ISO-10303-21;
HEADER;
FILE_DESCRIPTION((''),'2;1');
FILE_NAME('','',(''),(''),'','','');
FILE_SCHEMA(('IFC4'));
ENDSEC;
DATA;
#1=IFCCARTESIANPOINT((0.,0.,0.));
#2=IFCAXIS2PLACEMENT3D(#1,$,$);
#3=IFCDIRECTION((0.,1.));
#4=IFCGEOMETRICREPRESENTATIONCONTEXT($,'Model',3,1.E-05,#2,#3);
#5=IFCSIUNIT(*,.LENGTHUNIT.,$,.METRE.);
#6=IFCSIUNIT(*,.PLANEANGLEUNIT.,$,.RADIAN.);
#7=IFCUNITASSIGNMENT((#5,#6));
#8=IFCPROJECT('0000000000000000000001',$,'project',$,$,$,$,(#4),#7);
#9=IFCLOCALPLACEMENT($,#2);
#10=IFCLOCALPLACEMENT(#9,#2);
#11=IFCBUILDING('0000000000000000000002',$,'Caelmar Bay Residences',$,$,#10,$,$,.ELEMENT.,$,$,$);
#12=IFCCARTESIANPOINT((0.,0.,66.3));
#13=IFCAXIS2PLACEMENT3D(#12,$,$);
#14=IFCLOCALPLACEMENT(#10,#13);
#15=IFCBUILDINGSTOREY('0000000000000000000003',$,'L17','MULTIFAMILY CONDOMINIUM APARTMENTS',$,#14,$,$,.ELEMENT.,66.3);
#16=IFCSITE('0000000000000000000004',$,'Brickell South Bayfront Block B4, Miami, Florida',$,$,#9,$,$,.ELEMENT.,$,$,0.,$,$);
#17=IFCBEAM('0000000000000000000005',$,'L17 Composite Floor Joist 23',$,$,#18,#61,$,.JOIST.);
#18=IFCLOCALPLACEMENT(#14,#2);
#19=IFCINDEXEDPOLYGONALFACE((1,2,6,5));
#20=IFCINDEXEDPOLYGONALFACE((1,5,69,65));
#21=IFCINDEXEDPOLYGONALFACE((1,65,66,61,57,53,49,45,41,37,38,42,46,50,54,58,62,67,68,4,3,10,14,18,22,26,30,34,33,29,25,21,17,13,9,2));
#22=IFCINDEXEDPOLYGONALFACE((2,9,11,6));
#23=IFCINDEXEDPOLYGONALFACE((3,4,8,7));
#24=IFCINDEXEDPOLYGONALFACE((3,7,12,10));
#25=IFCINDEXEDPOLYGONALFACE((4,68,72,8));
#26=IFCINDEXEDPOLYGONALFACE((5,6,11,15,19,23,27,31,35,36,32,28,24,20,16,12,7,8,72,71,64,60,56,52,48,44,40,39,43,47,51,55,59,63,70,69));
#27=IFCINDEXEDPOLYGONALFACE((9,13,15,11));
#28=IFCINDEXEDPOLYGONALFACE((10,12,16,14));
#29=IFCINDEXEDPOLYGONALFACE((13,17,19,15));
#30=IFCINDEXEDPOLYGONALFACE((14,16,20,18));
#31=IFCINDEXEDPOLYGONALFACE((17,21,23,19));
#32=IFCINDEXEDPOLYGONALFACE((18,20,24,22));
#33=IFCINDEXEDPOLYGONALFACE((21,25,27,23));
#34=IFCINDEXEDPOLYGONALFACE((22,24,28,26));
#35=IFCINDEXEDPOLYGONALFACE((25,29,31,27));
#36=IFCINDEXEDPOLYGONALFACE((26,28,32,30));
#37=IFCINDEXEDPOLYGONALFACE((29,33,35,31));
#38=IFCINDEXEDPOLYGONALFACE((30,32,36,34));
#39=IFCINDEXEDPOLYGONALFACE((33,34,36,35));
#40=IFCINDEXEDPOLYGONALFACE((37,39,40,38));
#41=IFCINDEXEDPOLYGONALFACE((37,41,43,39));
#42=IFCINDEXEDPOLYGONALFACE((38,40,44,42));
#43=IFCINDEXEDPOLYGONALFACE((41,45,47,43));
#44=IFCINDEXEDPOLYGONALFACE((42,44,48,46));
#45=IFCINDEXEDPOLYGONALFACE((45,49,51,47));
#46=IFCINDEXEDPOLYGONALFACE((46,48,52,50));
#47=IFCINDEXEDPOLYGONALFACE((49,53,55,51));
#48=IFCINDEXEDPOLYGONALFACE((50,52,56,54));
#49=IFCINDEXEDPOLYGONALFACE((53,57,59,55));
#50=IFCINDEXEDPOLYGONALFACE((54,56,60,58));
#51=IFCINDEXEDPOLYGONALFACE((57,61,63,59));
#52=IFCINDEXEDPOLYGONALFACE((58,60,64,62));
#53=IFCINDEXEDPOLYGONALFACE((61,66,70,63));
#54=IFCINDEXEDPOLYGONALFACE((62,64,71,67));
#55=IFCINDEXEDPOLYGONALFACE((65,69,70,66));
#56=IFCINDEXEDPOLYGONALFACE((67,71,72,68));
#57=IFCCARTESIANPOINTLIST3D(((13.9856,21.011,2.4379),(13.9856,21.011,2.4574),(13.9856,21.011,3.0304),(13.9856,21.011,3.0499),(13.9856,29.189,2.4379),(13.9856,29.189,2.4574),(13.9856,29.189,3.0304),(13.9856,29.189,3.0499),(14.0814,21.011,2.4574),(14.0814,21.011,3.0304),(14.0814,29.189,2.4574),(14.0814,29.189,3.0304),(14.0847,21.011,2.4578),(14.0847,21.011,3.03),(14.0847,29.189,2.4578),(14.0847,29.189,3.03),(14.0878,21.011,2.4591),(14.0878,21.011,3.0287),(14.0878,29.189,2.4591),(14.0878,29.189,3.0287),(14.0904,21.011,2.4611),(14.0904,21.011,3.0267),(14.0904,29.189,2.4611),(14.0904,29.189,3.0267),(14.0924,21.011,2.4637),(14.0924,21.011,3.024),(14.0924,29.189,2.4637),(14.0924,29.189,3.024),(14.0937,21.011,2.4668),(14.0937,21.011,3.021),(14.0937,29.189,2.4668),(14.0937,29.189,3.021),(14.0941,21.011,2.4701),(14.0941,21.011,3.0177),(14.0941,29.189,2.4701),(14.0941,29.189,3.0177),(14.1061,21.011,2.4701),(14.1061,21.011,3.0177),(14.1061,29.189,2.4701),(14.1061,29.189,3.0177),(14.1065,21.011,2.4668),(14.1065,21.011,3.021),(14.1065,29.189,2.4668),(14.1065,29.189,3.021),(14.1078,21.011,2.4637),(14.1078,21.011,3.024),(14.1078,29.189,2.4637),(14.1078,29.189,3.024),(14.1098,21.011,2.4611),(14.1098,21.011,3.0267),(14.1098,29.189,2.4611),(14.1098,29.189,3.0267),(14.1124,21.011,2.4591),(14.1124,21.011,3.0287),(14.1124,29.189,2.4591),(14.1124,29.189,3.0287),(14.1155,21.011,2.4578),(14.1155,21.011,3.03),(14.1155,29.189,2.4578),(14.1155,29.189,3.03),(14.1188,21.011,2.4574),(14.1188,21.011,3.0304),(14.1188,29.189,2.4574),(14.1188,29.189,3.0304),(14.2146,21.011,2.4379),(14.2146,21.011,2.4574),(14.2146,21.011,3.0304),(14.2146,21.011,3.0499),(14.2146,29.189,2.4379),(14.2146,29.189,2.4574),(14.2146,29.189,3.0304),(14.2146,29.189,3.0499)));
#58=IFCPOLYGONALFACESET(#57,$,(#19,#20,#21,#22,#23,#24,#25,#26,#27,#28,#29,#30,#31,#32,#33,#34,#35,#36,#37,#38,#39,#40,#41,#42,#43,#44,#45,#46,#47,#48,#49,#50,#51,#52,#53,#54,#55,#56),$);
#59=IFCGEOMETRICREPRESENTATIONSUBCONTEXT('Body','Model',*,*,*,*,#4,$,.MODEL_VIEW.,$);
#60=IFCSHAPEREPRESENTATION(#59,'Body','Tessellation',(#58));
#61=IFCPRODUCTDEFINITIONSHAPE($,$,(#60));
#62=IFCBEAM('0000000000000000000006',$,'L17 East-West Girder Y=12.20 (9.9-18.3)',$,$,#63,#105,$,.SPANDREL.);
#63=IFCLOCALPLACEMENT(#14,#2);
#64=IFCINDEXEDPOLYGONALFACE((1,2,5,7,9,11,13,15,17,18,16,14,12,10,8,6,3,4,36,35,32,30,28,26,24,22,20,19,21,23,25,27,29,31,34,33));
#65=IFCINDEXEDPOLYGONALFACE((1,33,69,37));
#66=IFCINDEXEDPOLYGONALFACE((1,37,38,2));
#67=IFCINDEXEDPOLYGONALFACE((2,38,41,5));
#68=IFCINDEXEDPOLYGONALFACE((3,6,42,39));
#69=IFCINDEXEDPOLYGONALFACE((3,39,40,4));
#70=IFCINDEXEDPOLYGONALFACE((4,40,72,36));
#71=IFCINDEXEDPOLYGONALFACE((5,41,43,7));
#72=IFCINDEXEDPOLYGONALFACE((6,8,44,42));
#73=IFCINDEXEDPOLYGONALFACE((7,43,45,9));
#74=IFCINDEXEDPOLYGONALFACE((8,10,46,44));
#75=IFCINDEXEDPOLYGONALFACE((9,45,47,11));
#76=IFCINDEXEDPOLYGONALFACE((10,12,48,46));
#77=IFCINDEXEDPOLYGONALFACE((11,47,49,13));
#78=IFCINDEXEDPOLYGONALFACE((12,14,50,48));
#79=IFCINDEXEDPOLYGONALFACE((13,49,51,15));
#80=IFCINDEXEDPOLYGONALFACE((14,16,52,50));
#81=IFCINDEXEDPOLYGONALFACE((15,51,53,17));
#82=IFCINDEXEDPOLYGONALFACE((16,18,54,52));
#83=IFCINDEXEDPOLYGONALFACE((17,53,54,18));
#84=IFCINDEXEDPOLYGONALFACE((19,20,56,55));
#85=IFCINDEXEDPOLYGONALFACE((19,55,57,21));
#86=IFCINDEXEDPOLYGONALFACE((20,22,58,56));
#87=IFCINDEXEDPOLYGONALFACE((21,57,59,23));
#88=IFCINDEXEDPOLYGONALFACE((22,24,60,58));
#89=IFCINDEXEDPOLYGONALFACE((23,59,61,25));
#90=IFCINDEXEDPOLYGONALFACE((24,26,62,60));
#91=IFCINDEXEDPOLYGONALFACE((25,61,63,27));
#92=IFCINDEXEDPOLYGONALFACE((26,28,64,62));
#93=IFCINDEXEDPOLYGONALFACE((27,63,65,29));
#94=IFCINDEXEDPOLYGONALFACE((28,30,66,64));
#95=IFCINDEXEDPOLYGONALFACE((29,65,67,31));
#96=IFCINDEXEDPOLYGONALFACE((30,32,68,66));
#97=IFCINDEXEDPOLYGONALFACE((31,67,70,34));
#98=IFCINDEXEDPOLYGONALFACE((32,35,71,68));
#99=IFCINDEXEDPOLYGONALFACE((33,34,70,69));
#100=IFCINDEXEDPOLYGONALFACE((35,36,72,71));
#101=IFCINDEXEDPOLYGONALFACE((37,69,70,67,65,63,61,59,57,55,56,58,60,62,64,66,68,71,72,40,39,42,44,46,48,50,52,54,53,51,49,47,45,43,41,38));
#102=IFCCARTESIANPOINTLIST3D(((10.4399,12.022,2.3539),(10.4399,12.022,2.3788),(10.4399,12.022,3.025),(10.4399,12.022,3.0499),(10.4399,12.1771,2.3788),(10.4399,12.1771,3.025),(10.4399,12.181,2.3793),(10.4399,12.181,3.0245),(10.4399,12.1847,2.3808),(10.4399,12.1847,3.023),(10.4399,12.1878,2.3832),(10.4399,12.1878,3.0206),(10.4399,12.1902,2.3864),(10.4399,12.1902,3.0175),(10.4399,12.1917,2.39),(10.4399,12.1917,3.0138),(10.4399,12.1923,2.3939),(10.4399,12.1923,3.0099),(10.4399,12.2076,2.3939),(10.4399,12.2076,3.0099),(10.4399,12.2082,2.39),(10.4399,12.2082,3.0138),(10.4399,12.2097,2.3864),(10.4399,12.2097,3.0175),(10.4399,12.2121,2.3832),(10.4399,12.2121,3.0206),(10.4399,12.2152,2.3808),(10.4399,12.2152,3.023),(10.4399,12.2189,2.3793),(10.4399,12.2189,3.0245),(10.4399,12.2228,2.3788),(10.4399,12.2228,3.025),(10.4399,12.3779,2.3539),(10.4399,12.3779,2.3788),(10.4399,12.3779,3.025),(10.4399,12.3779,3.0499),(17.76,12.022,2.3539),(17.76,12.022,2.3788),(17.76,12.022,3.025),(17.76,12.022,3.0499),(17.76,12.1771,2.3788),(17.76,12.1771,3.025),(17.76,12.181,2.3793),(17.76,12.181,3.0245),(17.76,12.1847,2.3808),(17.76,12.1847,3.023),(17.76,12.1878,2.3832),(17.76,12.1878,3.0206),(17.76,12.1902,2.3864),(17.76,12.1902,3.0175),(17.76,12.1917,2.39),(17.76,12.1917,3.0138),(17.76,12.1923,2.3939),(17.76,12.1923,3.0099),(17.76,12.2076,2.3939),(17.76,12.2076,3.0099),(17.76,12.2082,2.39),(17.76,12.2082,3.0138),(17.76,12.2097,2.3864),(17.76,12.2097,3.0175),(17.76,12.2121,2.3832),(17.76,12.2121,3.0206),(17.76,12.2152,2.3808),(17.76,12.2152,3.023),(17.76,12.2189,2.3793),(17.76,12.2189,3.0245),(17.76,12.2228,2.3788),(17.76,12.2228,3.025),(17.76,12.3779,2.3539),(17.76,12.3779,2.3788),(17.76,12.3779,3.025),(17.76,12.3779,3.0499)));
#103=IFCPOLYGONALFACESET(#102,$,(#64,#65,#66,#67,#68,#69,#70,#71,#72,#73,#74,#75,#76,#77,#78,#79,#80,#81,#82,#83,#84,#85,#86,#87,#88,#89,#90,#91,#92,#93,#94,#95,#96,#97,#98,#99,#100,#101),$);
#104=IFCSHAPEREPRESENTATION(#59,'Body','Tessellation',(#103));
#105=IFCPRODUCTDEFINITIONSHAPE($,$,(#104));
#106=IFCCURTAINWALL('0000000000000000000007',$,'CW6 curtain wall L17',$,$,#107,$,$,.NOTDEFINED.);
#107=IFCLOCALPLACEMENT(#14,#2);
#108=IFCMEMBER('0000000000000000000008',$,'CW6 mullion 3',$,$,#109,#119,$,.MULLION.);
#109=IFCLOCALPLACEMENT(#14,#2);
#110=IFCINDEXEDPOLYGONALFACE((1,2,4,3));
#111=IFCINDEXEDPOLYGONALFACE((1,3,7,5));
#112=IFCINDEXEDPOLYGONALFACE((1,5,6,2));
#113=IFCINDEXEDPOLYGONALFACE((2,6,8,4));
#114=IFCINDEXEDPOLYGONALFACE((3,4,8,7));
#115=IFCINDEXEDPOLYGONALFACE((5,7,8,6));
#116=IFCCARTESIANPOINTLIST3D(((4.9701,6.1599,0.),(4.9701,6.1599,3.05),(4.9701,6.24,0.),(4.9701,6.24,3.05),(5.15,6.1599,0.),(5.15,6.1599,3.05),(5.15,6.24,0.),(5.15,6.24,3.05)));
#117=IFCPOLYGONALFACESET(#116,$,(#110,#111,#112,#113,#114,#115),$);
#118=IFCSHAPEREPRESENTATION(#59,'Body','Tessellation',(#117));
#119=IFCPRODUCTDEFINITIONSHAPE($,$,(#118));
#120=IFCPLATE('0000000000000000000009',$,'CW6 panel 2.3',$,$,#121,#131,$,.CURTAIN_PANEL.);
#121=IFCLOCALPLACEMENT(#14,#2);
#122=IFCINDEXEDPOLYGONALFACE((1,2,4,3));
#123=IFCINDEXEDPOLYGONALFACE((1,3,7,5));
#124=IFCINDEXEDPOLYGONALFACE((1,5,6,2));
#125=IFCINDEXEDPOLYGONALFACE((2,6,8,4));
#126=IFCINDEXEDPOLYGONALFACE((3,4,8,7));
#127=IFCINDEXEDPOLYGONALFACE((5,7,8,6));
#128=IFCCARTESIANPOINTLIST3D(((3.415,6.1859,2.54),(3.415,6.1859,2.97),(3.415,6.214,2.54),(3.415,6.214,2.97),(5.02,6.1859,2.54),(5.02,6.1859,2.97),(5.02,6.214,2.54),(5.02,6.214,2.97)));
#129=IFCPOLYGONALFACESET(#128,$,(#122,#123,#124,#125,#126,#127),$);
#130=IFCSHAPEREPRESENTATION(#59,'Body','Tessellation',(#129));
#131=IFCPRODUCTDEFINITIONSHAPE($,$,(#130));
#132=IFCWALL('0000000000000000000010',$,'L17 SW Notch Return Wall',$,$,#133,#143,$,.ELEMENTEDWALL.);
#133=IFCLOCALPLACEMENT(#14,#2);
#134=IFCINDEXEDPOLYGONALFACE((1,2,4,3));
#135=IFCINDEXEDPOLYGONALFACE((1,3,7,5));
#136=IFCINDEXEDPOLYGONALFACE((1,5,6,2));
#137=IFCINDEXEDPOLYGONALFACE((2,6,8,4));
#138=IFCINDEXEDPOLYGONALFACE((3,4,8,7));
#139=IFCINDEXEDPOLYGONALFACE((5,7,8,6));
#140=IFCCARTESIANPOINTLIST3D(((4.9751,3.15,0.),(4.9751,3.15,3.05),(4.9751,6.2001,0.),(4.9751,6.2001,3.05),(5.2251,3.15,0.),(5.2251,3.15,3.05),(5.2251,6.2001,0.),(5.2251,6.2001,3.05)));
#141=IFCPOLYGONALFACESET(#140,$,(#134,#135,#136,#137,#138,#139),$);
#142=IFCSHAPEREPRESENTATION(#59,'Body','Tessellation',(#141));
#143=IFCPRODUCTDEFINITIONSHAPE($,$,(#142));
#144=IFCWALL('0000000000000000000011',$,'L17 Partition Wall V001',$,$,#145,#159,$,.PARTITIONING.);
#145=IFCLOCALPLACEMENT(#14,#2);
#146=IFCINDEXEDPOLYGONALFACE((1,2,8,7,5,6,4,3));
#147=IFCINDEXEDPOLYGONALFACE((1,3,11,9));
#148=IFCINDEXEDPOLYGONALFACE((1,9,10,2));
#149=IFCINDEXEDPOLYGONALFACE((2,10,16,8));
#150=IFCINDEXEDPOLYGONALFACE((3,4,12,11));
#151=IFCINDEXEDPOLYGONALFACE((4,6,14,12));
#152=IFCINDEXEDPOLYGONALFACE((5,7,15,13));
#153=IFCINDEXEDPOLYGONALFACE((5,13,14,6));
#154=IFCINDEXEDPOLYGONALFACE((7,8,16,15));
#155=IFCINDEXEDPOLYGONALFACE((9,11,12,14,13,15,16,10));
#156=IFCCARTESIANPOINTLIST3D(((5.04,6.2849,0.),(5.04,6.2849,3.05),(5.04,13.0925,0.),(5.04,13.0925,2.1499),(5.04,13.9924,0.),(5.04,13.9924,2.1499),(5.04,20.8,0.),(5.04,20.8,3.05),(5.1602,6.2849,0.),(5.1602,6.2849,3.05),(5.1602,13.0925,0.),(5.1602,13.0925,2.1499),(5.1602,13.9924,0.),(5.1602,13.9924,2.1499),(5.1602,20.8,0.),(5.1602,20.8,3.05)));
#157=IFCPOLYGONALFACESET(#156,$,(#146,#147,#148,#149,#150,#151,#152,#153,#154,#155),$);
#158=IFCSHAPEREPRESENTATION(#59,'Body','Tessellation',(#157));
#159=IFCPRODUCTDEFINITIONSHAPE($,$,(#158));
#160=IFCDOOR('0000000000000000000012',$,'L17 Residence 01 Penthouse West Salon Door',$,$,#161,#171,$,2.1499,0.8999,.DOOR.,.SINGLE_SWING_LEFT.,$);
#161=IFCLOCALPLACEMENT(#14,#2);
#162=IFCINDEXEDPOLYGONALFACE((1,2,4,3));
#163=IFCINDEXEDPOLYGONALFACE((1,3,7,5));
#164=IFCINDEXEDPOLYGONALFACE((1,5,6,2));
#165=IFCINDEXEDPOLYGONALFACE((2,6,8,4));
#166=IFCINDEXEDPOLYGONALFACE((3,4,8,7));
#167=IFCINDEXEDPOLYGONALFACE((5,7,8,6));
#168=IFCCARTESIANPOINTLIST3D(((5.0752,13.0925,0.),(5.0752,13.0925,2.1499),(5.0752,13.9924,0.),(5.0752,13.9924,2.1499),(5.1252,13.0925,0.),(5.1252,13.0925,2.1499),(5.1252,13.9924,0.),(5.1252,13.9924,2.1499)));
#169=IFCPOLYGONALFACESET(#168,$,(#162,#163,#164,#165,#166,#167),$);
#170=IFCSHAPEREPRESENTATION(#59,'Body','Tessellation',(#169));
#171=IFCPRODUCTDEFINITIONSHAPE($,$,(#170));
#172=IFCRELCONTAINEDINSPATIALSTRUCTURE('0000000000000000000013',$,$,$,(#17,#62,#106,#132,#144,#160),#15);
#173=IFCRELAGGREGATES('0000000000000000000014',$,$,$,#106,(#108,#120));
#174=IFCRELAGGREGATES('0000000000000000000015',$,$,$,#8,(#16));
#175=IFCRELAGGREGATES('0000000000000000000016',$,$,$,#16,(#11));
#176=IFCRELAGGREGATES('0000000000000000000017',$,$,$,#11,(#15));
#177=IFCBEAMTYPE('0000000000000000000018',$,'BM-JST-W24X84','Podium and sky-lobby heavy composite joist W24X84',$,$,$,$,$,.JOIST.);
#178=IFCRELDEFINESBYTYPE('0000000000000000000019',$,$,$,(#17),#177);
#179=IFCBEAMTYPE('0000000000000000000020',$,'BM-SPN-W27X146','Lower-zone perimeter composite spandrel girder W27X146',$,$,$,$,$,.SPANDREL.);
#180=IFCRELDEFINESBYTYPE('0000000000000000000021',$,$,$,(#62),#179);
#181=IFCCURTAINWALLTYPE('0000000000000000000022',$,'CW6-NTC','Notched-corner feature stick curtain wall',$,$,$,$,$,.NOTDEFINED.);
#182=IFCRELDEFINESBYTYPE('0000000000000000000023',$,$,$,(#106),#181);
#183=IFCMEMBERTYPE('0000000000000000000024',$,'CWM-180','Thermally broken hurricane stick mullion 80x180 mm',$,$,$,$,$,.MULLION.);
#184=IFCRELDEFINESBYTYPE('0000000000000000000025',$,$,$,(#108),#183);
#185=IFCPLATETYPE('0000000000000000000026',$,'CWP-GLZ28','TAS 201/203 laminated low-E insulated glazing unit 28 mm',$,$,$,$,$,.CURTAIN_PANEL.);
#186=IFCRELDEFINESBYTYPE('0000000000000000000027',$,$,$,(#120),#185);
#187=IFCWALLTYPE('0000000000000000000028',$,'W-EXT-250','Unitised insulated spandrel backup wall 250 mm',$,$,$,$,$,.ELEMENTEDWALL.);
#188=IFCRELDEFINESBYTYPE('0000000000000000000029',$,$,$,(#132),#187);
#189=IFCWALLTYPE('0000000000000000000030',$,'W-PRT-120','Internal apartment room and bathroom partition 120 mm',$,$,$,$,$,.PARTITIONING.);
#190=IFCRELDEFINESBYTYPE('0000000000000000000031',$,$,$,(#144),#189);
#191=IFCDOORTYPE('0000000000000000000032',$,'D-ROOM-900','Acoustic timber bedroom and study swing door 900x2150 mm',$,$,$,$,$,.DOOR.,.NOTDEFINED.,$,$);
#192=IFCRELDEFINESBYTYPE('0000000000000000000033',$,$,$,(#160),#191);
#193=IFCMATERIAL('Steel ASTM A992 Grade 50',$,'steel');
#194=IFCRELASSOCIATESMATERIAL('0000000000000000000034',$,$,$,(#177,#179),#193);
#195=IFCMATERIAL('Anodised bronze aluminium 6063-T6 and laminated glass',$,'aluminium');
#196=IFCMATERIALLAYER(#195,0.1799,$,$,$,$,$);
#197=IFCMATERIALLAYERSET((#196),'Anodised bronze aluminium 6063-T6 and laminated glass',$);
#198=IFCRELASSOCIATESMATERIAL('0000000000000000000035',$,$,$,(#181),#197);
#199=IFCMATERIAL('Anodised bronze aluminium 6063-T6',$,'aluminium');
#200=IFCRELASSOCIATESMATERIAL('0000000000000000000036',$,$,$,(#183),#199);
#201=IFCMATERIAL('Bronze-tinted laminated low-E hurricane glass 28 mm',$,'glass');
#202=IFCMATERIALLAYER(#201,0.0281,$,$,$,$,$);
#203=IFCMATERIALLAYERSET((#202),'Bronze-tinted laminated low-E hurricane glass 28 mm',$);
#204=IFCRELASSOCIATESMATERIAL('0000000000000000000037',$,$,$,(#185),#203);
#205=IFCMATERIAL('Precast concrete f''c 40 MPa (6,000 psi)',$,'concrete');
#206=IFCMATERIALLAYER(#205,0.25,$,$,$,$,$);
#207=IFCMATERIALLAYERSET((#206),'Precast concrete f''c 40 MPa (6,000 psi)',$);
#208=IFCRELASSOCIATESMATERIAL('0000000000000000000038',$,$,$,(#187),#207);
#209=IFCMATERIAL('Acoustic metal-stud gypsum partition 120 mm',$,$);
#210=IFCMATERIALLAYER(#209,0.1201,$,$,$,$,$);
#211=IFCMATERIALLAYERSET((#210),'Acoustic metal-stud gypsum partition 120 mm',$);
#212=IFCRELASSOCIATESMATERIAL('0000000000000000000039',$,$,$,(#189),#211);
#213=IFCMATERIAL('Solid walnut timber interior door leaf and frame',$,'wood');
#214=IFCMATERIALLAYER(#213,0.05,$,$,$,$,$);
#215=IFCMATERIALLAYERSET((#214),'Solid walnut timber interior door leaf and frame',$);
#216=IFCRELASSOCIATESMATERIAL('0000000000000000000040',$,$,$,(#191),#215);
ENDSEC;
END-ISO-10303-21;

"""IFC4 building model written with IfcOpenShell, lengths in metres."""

from ifc_helpers import new_model, si_unit, direction, frame, frame_2d, origin, origin_2d, place, context, subcontext, project, spatial, rectangle, i_section, extrude, material, layer, layer_set, material_profile, profile_set, type_object, element, fill, aggregate, save


model = new_model("IFC4")

# Units and contexts
model_context = context("Model", 3, precision=1e-05, world=origin(), true_north=direction((0.0, 1.0)))
body_context = subcontext(model_context, "Body", "Model", "MODEL_VIEW")
ifc_project = project(units=[si_unit("LENGTHUNIT", "METRE"), si_unit("PLANEANGLEUNIT", "RADIAN")], contexts=[model_context])

# Site, building, storey
site_placement = place(None, origin())
site = spatial("IfcSite", under=ifc_project, at=site_placement, Name="Brickell South Bayfront Block B4, Miami, Florida", CompositionType="ELEMENT", RefElevation=0.0)
building_placement = place(site_placement, origin())
building = spatial("IfcBuilding", under=site, at=building_placement, Name="Caelmar Bay Residences", CompositionType="ELEMENT")
storey_placement = place(building_placement, frame((0.0, 0.0, 66.3)))
storey = spatial("IfcBuildingStorey", under=building, at=storey_placement, Name="L17", Description="MULTIFAMILY CONDOMINIUM APARTMENTS", CompositionType="ELEMENT", Elevation=66.3)

# Beams
ifc_material_1 = material(Name="Steel ASTM A992 Grade 50", Category="steel")
ifc_material_profile_1 = material_profile(ifc_material_1, i_section(OverallWidth=0.229, OverallDepth=0.6121, WebThickness=0.012, FlangeThickness=0.0195, FilletRadius=0.0127, at=origin_2d()), Name="W24X84")
ifc_profile_set_1 = profile_set([ifc_material_profile_1], Name="Steel ASTM A992 Grade 50")
beam_type_1 = type_object("IfcBeamType", Name="BM-JST-W24X84", Description="Podium and sky-lobby heavy composite joist W24X84", PredefinedType="JOIST", material=ifc_profile_set_1)
beam_1_placement = place(storey_placement, frame((14.1001, 21.011, 2.7439), z_axis=(0.0, 1.0, 0.0), x_axis=(-1.0, 0.0, 0.0)))
element("IfcBeam", 1, at=beam_1_placement, inside=storey, type_object=beam_type_1, Name="L17 Composite Floor Joist 23", PredefinedType="JOIST", context=body_context, shape_type="SweptSolid", body=[
    extrude(i_section(OverallWidth=0.229, OverallDepth=0.6121, WebThickness=0.012, FlangeThickness=0.0195, FilletRadius=0.0127, at=origin_2d()), origin(), (0.0, 0.0, 1.0), 8.178),
])
ifc_material_profile_2 = material_profile(ifc_material_1, i_section(OverallWidth=0.356, OverallDepth=0.696, WebThickness=0.0154, FlangeThickness=0.0249, FilletRadius=0.0151, at=origin_2d()), Name="W27X146")
ifc_profile_set_2 = profile_set([ifc_material_profile_2], Name="Steel ASTM A992 Grade 50")
beam_type_2 = type_object("IfcBeamType", Name="BM-SPN-W27X146", Description="Lower-zone perimeter composite spandrel girder W27X146", PredefinedType="SPANDREL", material=ifc_profile_set_2)
beam_2_placement = place(storey_placement, frame((10.4399, 12.2, 2.7019), z_axis=(1.0, 0.0, 0.0), x_axis=(0.0, 1.0, 0.0)))
element("IfcBeam", 2, at=beam_2_placement, inside=storey, type_object=beam_type_2, Name="L17 East-West Girder Y=12.20 (9.9-18.3)", PredefinedType="SPANDREL", context=body_context, shape_type="SweptSolid", body=[
    extrude(i_section(OverallWidth=0.356, OverallDepth=0.696, WebThickness=0.0154, FlangeThickness=0.0249, FilletRadius=0.0151, at=origin_2d()), origin(), (0.0, 0.0, 1.0), 7.3201),
])

# Curtain wall, member, plate
ifc_material_2 = material(Name="Anodised bronze aluminium 6063-T6 and laminated glass", Category="aluminium")
ifc_layer_1 = layer(ifc_material_2, 0.1799)
ifc_layer_set_1 = layer_set([ifc_layer_1], Name="Anodised bronze aluminium 6063-T6 and laminated glass")
curtain_wall_type = type_object("IfcCurtainWallType", Name="CW6-NTC", Description="Notched-corner feature stick curtain wall", PredefinedType="NOTDEFINED", material=ifc_layer_set_1)
curtain_wall_placement = place(storey_placement, origin())
curtain_wall = element("IfcCurtainWall", 3, at=curtain_wall_placement, inside=storey, type_object=curtain_wall_type, Name="CW6 curtain wall L17", PredefinedType="NOTDEFINED")
ifc_material_3 = material(Name="Anodised bronze aluminium 6063-T6", Category="aluminium")
ifc_material_profile_3 = material_profile(ifc_material_3, rectangle(XDim=0.0801, YDim=0.1799, at=origin_2d()), Name="CWM-80X180")
ifc_profile_set_3 = profile_set([ifc_material_profile_3], Name="Anodised bronze aluminium 6063-T6")
member_type = type_object("IfcMemberType", Name="CWM-180", Description="Thermally broken hurricane stick mullion 80x180 mm", PredefinedType="MULLION", material=ifc_profile_set_3)
member_placement = place(storey_placement, frame((5.0601, 6.2, 0.0), z_axis=(0.0, 0.0, 1.0), x_axis=(0.0, 1.0, 0.0)))
member = element("IfcMember", 4, at=member_placement, type_object=member_type, Name="CW6 mullion 3", PredefinedType="MULLION", context=body_context, shape_type="SweptSolid", body=[
    extrude(rectangle(XDim=0.0801, YDim=0.1799, at=origin_2d()), origin(), (0.0, 0.0, 1.0), 3.05),
])
ifc_material_4 = material(Name="Bronze-tinted laminated low-E hurricane glass 28 mm", Category="glass")
ifc_layer_2 = layer(ifc_material_4, 0.0281)
ifc_layer_set_2 = layer_set([ifc_layer_2], Name="Bronze-tinted laminated low-E hurricane glass 28 mm")
plate_type = type_object("IfcPlateType", Name="CWP-GLZ28", Description="TAS 201/203 laminated low-E insulated glazing unit 28 mm", PredefinedType="CURTAIN_PANEL", material=ifc_layer_set_2)
plate_placement = place(storey_placement, frame((4.2175, 6.2, 2.54), z_axis=(0.0, 0.0, 1.0), x_axis=(1.0, 0.0, 0.0)))
plate = element("IfcPlate", 5, at=plate_placement, type_object=plate_type, Name="CW6 panel 2.3", PredefinedType="CURTAIN_PANEL", context=body_context, shape_type="SweptSolid", body=[
    extrude(rectangle(XDim=1.605, YDim=0.0281, at=origin_2d()), origin(), (0.0, 0.0, 1.0), 0.4299),
])
aggregate(curtain_wall, [member, plate])

# Wall
ifc_material_5 = material(Name="Precast concrete f'c 40 MPa (6,000 psi)", Category="concrete")
ifc_layer_3 = layer(ifc_material_5, 0.25)
ifc_layer_set_3 = layer_set([ifc_layer_3], Name="Precast concrete f'c 40 MPa (6,000 psi)")
wall_type_1 = type_object("IfcWallType", Name="W-EXT-250", Description="Unitised insulated spandrel backup wall 250 mm", PredefinedType="ELEMENTEDWALL", material=ifc_layer_set_3)
wall_1_placement = place(storey_placement, frame((5.1001, 6.2, 0.0), z_axis=(0.0, 0.0, 1.0), x_axis=(0.0, -1.0, 0.0)))
element("IfcWall", 6, at=wall_1_placement, inside=storey, type_object=wall_type_1, Name="L17 SW Notch Return Wall", PredefinedType="ELEMENTEDWALL", context=body_context, shape_type="SweptSolid", body=[
    extrude(rectangle(XDim=3.05, YDim=0.25, at=frame_2d((1.5249, 0.0))), origin(), (0.0, 0.0, 1.0), 3.05),
])

# Wall, opening, door
ifc_material_6 = material(Name="Acoustic metal-stud gypsum partition 120 mm")
ifc_layer_4 = layer(ifc_material_6, 0.1201)
ifc_layer_set_4 = layer_set([ifc_layer_4], Name="Acoustic metal-stud gypsum partition 120 mm")
wall_type_2 = type_object("IfcWallType", Name="W-PRT-120", Description="Internal apartment room and bathroom partition 120 mm", PredefinedType="PARTITIONING", material=ifc_layer_set_4)
wall_2_placement = place(storey_placement, frame((5.1001, 6.2849, 0.0), z_axis=(0.0, 0.0, 1.0), x_axis=(0.0, 1.0, 0.0)))
wall_2 = element("IfcWall", 7, at=wall_2_placement, inside=storey, type_object=wall_type_2, Name="L17 Partition Wall V001", PredefinedType="PARTITIONING", context=body_context, shape_type="SweptSolid", body=[
    extrude(rectangle(XDim=14.5151, YDim=0.1201, at=frame_2d((7.2576, 0.0))), origin(), (0.0, 0.0, 1.0), 3.05),
])
opening_1_placement = place(wall_2_placement, frame((6.8076, 0.0, 0.0)))
opening_1 = element("IfcOpeningElement", 8, at=opening_1_placement, cuts=wall_2, PredefinedType="OPENING", context=body_context, shape_type="SweptSolid", body=[
    extrude(rectangle(XDim=0.8999, YDim=2.1499, at=frame_2d((0.45, 1.075))), frame((0.0, 0.0701, 0.0), z_axis=(0.0, -1.0, 0.0), x_axis=(1.0, 0.0, 0.0)), (0.0, 0.0, 1.0), 0.1401),
])
ifc_material_7 = material(Name="Solid walnut timber interior door leaf and frame", Category="wood")
ifc_layer_5 = layer(ifc_material_7, 0.05)
ifc_layer_set_5 = layer_set([ifc_layer_5], Name="Solid walnut timber interior door leaf and frame")
door_type = type_object("IfcDoorType", Name="D-ROOM-900", Description="Acoustic timber bedroom and study swing door 900x2150 mm", OperationType="NOTDEFINED", PredefinedType="DOOR", material=ifc_layer_set_5)
door_1_placement = place(opening_1_placement, origin())
door_1 = element("IfcDoor", 9, at=door_1_placement, inside=storey, type_object=door_type, Name="L17 Residence 01 Penthouse West Salon Door", OperationType="SINGLE_SWING_LEFT", OverallHeight=2.1499, OverallWidth=0.8999, PredefinedType="DOOR", context=body_context, shape_type="SweptSolid", body=[
    extrude(rectangle(XDim=0.8999, YDim=2.1499, at=frame_2d((0.45, 1.075))), frame((0.0, 0.0249, 0.0), z_axis=(0.0, -1.0, 0.0), x_axis=(1.0, 0.0, 0.0)), (0.0, 0.0, 1.0), 0.05),
])
fill(opening_1, door_1)

save(model, "model.ifc")
